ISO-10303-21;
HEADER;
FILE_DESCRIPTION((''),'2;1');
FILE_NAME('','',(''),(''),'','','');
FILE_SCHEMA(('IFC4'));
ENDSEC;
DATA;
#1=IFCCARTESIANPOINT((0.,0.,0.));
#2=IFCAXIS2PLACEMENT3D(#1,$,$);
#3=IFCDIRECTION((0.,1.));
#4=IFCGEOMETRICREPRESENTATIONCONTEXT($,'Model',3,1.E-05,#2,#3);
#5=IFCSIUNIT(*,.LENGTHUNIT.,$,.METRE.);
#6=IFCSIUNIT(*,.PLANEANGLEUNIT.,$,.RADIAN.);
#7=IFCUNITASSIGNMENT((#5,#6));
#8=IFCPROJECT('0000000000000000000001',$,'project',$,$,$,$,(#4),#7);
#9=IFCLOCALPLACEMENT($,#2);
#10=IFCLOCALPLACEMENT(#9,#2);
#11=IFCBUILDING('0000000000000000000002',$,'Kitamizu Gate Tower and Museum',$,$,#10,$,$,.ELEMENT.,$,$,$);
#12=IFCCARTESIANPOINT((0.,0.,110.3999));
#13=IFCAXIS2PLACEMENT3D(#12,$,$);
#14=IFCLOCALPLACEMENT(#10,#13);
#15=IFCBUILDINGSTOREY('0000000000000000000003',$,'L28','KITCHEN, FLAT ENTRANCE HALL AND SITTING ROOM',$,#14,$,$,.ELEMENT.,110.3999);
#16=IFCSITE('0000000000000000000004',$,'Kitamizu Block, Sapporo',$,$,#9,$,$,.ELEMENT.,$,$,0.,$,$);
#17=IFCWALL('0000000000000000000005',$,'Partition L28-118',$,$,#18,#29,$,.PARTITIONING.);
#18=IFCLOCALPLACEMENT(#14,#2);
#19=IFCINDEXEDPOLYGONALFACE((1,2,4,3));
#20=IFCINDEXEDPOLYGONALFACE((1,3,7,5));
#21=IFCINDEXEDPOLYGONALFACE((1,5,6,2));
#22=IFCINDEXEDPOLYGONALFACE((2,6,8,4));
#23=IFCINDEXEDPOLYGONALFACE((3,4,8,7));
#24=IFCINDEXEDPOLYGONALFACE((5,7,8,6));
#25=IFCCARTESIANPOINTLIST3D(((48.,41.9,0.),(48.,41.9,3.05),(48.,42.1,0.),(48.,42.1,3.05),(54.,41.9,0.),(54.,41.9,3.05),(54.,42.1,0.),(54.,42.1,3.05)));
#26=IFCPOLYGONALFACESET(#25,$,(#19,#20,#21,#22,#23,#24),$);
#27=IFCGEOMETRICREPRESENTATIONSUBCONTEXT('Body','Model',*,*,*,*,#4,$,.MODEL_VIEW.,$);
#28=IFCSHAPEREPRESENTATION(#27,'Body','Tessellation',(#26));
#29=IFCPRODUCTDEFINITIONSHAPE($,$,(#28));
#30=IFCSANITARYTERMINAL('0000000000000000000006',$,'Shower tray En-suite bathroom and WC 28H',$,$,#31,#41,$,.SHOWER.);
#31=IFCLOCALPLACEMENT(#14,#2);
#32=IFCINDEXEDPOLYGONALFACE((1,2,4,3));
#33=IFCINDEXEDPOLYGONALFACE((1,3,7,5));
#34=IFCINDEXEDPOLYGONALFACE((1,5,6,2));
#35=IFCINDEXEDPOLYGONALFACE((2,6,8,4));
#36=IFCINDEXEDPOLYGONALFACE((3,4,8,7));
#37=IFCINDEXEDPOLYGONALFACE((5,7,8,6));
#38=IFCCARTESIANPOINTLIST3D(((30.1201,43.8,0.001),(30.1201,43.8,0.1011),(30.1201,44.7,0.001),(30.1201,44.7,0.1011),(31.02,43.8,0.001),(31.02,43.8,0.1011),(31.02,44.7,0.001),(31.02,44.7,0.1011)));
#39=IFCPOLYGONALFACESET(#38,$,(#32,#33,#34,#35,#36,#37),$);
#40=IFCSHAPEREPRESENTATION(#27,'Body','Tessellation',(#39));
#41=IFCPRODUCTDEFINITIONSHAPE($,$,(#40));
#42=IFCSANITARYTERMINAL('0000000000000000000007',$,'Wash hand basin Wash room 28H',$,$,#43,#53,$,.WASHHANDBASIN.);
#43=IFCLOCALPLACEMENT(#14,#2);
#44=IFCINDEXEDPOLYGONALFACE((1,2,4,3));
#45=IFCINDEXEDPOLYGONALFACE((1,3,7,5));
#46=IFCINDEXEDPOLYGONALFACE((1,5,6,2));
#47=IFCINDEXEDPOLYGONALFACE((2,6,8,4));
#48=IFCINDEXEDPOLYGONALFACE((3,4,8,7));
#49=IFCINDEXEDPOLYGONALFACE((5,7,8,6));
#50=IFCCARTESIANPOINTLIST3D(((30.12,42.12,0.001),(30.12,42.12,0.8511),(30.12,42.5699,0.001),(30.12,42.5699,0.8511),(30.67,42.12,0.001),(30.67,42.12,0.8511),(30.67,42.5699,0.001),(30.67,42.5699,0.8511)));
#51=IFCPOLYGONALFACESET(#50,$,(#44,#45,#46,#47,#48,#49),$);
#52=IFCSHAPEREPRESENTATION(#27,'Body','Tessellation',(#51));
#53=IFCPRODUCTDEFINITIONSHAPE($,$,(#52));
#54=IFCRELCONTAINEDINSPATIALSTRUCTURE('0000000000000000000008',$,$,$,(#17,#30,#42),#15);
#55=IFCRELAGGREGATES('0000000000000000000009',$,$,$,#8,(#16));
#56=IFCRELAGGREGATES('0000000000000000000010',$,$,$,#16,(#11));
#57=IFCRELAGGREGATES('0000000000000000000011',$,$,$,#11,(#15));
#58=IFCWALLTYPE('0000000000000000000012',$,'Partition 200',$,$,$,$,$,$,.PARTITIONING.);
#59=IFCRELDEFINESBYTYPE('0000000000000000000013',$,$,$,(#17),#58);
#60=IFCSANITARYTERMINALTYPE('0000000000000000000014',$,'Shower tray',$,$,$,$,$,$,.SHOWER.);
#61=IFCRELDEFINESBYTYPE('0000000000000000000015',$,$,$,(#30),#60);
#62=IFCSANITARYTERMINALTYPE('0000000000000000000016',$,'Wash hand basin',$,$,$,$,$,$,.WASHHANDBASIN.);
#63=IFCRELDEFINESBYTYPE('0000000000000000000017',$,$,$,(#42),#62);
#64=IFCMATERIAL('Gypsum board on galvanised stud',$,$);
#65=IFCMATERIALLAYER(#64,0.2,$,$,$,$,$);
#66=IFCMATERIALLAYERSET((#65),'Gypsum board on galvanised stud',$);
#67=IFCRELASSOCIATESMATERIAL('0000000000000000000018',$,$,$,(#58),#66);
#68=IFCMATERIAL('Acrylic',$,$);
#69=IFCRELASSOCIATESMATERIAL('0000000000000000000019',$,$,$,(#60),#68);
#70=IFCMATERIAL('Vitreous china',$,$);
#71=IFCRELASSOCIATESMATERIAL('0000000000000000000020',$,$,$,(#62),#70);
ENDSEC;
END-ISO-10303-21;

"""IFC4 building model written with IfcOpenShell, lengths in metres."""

from ifc_helpers import new_model, si_unit, direction, frame, frame_2d, origin, origin_2d, place, context, subcontext, project, spatial, rectangle, extrude, material, layer, layer_set, type_object, element, save


model = new_model("IFC4")

# Units and contexts
model_context = context("Model", 3, precision=1e-05, world=origin(), true_north=direction((0.0, 1.0)))
body_context = subcontext(model_context, "Body", "Model", "MODEL_VIEW")
ifc_project = project(units=[si_unit("LENGTHUNIT", "METRE"), si_unit("PLANEANGLEUNIT", "RADIAN")], contexts=[model_context])

# Site, building, storey
site_placement = place(None, origin())
site = spatial("IfcSite", under=ifc_project, at=site_placement, Name="Kitamizu Block, Sapporo", CompositionType="ELEMENT", RefElevation=0.0)
building_placement = place(site_placement, origin())
building = spatial("IfcBuilding", under=site, at=building_placement, Name="Kitamizu Gate Tower and Museum", CompositionType="ELEMENT")
storey_placement = place(building_placement, frame((0.0, 0.0, 110.3999)))
storey = spatial("IfcBuildingStorey", under=building, at=storey_placement, Name="L28", Description="KITCHEN, FLAT ENTRANCE HALL AND SITTING ROOM", CompositionType="ELEMENT", Elevation=110.3999)

# Wall
ifc_material_1 = material(Name="Gypsum board on galvanised stud")
ifc_layer_1 = layer(ifc_material_1, 0.2)
ifc_layer_set_1 = layer_set([ifc_layer_1], Name="Gypsum board on galvanised stud")
wall_type_1 = type_object("IfcWallType", Name="Partition 200", PredefinedType="PARTITIONING", material=ifc_layer_set_1)
wall_1_placement = place(storey_placement, frame((48.0, 42.0, 0.0), z_axis=(0.0, 0.0, 1.0), x_axis=(1.0, 0.0, 0.0)))
element("IfcWall", 1, at=wall_1_placement, inside=storey, type_object=wall_type_1, Name="Partition L28-118", PredefinedType="PARTITIONING", context=body_context, shape_type="SweptSolid", body=[
    extrude(rectangle(XDim=6.0, YDim=0.2, at=frame_2d((3.0, 0.0))), origin(), (0.0, 0.0, 1.0), 3.05),
])

# Sanitary terminals
ifc_material_2 = material(Name="Acrylic")
sanitary_terminal_type_1 = type_object("IfcSanitaryTerminalType", Name="Shower tray", PredefinedType="SHOWER", material=ifc_material_2)
sanitary_terminal_1_placement = place(storey_placement, frame((30.5701, 44.25, 0.001), z_axis=(0.0, 0.0, 1.0), x_axis=(1.0, 0.0, 0.0)))
element("IfcSanitaryTerminal", 2, at=sanitary_terminal_1_placement, inside=storey, type_object=sanitary_terminal_type_1, Name="Shower tray En-suite bathroom and WC 28H", PredefinedType="SHOWER", context=body_context, shape_type="SweptSolid", body=[
    extrude(rectangle(XDim=0.8999, YDim=0.8999, at=origin_2d()), origin(), (0.0, 0.0, 1.0), 0.1001),
])
ifc_material_3 = material(Name="Vitreous china")
sanitary_terminal_type_2 = type_object("IfcSanitaryTerminalType", Name="Wash hand basin", PredefinedType="WASHHANDBASIN", material=ifc_material_3)
sanitary_terminal_2_placement = place(storey_placement, frame((30.395, 42.345, 0.001), z_axis=(0.0, 0.0, 1.0), x_axis=(1.0, 0.0, 0.0)))
element("IfcSanitaryTerminal", 3, at=sanitary_terminal_2_placement, inside=storey, type_object=sanitary_terminal_type_2, Name="Wash hand basin Wash room 28H", PredefinedType="WASHHANDBASIN", context=body_context, shape_type="SweptSolid", body=[
    extrude(rectangle(XDim=0.55, YDim=0.45, at=origin_2d()), origin(), (0.0, 0.0, 1.0), 0.8501),
])

save(model, "model.ifc")
